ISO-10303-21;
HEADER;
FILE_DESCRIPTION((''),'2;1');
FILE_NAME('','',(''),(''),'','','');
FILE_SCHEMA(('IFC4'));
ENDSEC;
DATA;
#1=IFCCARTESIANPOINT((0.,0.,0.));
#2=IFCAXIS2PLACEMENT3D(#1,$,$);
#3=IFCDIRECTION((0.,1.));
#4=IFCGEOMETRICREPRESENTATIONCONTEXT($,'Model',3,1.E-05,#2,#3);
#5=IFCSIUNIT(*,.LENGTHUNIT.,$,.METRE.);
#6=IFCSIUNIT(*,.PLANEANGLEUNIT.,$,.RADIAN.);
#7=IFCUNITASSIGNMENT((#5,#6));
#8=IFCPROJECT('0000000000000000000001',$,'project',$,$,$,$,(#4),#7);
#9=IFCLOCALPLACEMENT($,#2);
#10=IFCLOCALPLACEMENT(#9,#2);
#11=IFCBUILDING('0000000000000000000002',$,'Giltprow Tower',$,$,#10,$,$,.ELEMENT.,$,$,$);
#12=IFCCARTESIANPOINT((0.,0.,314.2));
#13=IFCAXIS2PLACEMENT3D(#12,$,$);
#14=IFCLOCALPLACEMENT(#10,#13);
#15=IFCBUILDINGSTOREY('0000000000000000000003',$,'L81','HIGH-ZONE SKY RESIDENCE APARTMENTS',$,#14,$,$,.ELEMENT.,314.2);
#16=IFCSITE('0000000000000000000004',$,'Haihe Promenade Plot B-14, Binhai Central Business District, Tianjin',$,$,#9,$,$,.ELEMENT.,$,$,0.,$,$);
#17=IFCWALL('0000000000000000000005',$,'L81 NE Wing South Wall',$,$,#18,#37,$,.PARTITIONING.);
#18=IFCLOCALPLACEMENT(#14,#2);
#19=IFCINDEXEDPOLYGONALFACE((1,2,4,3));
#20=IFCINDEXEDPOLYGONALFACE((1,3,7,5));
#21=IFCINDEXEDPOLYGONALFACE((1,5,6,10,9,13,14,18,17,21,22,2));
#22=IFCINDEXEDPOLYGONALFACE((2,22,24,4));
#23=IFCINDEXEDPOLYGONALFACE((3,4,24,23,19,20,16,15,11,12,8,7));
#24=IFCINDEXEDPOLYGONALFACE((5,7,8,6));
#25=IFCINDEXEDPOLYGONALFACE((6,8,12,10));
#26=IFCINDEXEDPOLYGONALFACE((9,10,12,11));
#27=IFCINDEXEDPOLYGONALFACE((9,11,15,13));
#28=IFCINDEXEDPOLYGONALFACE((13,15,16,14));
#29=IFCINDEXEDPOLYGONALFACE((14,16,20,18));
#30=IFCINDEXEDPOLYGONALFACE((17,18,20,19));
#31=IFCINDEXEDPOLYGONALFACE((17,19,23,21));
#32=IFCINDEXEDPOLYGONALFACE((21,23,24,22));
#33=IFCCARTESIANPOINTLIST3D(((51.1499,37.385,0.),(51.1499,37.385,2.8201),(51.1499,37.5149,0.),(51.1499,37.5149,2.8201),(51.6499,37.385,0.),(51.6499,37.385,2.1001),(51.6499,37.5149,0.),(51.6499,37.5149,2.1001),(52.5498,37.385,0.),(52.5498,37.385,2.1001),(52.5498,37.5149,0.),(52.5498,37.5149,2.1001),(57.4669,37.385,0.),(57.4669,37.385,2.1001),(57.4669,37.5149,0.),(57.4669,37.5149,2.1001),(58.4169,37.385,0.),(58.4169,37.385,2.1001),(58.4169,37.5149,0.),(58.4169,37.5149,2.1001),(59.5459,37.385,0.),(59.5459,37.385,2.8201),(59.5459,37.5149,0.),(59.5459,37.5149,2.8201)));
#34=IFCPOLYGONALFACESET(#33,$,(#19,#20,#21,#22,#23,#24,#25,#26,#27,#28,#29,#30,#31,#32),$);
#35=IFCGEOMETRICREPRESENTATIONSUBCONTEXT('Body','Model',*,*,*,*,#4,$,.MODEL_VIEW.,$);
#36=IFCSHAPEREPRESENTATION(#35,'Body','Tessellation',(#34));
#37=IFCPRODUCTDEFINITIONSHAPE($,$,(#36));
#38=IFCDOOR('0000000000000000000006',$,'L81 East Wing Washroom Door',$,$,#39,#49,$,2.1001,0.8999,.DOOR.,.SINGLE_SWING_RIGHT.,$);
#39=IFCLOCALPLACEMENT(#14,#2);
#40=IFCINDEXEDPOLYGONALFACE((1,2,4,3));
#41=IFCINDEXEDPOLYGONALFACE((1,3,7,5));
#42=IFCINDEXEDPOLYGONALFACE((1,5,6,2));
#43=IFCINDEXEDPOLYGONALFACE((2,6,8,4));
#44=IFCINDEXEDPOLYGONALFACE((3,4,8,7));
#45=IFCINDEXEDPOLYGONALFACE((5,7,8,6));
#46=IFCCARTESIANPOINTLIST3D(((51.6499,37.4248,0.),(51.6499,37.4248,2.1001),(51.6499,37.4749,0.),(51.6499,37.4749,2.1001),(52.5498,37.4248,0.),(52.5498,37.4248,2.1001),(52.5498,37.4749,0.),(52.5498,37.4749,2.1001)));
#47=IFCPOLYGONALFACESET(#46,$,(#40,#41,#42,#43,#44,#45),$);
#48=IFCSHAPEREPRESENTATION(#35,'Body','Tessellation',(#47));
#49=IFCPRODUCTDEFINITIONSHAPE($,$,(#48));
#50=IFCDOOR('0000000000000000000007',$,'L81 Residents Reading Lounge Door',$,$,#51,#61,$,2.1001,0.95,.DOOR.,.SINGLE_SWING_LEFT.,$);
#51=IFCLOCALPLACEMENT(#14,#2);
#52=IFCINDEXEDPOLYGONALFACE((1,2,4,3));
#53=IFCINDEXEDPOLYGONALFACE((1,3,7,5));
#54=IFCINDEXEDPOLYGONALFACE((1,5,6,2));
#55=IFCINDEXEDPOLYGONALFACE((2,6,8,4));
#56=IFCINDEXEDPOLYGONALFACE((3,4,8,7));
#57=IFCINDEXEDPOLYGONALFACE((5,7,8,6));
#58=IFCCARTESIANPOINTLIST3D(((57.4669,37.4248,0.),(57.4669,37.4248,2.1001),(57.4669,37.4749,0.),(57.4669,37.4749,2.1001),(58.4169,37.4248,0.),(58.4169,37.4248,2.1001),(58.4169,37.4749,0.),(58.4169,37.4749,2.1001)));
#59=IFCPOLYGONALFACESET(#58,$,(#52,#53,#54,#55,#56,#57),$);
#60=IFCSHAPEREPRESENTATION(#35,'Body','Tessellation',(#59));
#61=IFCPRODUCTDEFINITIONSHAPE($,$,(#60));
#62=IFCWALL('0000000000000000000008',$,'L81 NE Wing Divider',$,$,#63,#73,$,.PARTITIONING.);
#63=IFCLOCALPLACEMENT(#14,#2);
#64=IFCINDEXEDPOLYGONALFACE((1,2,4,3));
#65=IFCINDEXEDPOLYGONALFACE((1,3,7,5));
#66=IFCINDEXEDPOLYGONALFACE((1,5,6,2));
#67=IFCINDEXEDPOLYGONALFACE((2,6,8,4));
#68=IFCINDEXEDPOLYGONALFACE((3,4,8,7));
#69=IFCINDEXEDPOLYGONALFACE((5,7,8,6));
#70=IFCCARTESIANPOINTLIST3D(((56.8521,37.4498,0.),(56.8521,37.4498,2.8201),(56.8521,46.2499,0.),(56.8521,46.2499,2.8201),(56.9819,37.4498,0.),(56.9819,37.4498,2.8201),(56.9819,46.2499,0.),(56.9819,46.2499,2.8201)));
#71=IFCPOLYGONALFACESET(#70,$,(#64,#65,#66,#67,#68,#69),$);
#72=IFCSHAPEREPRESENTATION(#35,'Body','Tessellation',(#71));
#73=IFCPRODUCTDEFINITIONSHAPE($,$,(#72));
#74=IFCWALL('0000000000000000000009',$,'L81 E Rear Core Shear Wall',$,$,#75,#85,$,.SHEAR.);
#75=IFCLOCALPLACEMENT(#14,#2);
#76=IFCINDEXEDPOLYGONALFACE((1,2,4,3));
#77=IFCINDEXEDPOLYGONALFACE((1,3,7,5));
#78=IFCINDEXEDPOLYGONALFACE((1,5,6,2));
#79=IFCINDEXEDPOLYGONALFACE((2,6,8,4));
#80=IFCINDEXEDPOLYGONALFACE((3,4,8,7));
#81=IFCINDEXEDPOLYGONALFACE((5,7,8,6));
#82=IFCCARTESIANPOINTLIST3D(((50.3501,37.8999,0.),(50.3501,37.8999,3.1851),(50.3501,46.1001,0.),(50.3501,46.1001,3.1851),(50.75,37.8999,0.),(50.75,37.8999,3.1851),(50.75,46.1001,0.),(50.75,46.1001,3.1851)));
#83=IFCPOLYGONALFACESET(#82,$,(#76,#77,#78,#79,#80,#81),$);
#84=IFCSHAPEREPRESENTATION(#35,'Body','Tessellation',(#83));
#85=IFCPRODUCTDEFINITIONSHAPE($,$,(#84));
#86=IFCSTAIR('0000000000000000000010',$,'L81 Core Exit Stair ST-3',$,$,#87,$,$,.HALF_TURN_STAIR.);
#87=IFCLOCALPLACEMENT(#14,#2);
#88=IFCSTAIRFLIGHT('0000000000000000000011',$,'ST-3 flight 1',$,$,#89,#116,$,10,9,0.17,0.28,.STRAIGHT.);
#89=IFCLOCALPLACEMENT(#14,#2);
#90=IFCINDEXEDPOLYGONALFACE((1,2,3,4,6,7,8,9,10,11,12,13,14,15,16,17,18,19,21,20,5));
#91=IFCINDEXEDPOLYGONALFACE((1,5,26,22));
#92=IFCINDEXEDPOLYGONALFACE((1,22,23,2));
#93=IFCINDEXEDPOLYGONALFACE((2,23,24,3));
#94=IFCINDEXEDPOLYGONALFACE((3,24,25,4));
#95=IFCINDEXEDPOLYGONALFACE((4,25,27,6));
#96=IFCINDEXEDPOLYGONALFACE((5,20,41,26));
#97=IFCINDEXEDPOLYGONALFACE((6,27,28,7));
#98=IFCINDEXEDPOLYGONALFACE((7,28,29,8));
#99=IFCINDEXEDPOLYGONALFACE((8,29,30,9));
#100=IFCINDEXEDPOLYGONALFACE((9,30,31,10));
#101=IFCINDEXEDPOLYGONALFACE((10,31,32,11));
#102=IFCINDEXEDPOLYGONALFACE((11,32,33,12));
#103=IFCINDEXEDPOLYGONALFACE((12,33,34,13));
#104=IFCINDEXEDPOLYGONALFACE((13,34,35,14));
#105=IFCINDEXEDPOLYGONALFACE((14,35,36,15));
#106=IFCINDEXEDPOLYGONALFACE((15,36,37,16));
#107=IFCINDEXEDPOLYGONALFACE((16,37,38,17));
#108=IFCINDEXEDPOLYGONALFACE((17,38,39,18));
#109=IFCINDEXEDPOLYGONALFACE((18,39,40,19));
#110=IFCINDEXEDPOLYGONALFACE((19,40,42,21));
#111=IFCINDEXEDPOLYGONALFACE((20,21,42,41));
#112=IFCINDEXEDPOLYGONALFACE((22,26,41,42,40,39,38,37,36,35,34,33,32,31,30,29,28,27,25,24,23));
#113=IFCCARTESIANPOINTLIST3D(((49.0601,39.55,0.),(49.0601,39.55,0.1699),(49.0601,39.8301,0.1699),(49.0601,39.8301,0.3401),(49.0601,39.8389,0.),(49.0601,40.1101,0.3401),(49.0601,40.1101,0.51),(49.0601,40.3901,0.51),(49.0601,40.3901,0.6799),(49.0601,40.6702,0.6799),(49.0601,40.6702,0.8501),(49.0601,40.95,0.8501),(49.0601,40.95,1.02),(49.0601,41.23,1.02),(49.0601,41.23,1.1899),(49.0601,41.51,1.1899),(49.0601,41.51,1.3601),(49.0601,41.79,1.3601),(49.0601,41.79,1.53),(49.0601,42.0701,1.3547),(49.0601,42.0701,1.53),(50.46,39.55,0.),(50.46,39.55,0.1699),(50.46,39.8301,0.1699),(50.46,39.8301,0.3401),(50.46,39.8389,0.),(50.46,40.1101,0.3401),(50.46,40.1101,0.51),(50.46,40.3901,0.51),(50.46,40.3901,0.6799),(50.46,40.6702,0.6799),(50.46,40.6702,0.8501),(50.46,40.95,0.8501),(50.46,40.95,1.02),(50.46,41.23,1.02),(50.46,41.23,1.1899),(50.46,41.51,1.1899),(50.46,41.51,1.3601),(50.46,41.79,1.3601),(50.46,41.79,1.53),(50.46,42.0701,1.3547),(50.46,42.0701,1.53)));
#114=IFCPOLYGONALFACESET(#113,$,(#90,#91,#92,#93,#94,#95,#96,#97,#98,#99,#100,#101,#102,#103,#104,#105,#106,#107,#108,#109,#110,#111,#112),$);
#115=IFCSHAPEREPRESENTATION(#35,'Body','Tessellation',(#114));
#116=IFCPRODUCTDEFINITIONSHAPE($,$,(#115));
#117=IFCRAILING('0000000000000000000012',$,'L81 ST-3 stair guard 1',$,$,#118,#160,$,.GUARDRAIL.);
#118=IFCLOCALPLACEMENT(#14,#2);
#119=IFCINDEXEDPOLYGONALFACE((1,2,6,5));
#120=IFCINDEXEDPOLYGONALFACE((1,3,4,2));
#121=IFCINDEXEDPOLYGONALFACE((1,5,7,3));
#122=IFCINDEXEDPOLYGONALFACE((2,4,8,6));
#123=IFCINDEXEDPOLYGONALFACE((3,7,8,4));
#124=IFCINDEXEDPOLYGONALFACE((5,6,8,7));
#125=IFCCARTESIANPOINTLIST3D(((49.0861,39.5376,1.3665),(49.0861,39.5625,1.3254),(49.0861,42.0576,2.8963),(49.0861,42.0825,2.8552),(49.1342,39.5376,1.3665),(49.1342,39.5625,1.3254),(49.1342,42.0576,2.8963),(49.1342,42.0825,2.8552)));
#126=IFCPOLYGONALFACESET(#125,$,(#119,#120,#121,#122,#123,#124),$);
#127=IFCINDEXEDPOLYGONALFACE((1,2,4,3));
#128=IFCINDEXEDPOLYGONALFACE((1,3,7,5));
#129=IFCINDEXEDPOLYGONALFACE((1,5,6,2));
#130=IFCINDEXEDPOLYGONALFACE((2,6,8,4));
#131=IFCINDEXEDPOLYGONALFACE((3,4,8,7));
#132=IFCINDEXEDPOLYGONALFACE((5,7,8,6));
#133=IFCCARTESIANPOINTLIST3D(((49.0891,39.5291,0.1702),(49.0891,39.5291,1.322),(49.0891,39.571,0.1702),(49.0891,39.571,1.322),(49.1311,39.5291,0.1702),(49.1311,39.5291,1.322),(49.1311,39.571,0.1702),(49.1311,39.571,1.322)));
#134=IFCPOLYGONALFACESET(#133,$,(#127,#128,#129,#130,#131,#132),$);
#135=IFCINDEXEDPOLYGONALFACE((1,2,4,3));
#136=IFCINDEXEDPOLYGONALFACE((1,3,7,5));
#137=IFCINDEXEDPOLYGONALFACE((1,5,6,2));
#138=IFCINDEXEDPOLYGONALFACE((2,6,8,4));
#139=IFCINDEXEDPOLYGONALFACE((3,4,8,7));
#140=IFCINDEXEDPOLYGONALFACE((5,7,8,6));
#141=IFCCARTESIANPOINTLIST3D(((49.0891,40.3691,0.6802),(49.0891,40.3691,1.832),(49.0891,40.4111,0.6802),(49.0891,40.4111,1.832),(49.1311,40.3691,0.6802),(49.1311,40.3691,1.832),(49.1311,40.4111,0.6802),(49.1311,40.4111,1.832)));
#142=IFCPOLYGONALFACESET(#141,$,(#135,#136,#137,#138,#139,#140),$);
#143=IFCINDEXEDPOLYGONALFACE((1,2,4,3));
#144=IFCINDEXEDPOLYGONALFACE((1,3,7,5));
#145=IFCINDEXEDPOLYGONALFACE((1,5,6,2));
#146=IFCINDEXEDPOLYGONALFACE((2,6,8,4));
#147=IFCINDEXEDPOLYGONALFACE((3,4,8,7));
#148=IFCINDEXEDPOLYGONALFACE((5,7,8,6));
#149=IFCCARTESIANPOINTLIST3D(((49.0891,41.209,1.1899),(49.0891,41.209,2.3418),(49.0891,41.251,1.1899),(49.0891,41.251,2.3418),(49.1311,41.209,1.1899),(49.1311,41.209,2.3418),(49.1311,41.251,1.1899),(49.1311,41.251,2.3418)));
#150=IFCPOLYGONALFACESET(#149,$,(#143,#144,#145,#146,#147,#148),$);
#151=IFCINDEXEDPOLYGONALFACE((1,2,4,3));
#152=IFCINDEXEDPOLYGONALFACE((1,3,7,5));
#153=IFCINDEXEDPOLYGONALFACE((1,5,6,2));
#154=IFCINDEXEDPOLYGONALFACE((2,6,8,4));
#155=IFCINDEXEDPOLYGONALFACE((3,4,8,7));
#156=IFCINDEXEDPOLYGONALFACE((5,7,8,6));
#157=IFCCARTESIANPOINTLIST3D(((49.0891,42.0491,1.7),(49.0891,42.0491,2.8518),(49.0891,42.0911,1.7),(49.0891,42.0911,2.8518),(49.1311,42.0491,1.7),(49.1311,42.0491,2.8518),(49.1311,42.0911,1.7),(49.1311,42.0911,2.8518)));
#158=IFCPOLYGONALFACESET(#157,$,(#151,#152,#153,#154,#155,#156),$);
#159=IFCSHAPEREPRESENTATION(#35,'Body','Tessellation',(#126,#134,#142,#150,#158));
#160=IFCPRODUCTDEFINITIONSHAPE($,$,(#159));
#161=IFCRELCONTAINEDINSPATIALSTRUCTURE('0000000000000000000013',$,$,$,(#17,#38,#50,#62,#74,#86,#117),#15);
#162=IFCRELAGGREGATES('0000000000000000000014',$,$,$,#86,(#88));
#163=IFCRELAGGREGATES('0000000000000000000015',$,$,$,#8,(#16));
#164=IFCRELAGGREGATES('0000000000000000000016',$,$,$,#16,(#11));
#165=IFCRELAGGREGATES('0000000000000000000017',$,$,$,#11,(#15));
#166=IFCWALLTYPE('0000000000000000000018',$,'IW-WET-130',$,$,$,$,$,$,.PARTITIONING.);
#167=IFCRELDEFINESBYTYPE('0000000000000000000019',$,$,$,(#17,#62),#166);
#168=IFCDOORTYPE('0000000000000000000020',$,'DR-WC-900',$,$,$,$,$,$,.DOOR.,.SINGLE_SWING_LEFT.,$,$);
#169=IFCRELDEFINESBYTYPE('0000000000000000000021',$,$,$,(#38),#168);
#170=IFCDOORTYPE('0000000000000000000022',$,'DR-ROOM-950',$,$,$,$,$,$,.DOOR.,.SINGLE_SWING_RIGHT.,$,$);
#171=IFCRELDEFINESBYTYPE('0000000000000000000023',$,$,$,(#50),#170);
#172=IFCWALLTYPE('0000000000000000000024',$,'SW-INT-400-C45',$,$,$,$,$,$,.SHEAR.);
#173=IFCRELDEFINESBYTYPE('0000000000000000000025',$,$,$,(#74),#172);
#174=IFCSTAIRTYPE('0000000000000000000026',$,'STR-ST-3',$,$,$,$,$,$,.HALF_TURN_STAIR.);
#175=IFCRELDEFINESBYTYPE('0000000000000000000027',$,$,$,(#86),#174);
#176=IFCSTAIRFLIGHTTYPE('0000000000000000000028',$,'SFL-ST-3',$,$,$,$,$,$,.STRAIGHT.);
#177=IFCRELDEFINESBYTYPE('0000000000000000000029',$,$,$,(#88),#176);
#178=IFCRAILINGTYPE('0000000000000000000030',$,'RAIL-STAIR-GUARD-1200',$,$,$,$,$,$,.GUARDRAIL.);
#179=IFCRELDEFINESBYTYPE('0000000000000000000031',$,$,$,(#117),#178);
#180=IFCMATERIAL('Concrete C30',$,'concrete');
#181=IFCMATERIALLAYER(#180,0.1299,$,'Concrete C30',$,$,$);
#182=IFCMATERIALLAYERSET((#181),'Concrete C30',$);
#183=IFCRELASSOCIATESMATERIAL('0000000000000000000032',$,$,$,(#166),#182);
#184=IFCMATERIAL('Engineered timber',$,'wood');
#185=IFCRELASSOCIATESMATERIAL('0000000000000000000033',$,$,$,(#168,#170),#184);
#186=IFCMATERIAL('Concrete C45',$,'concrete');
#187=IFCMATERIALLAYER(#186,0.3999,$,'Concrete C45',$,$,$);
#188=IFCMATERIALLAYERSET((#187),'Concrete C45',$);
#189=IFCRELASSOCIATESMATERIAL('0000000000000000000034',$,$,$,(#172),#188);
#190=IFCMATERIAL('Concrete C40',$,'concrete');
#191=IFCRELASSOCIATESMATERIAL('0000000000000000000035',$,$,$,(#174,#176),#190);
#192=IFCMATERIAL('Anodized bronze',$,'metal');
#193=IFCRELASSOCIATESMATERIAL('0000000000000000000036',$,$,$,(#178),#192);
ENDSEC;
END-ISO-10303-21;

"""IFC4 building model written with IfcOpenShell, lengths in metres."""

from ifc_helpers import new_model, si_unit, direction, frame, frame_2d, origin, origin_2d, place, context, subcontext, project, spatial, polyline, rectangle, outline, extrude, source, transform, mapped, material, layer, layer_set, type_object, element, fill, aggregate, save


model = new_model("IFC4")

# Units and contexts
model_context = context("Model", 3, precision=1e-05, world=origin(), true_north=direction((0.0, 1.0)))
body_context = subcontext(model_context, "Body", "Model", "MODEL_VIEW")
ifc_project = project(units=[si_unit("LENGTHUNIT", "METRE"), si_unit("PLANEANGLEUNIT", "RADIAN")], contexts=[model_context])

# Site, building, storey
site_placement = place(None, origin())
site = spatial("IfcSite", under=ifc_project, at=site_placement, Name="Haihe Promenade Plot B-14, Binhai Central Business District, Tianjin", CompositionType="ELEMENT", RefElevation=0.0)
building_placement = place(site_placement, origin())
building = spatial("IfcBuilding", under=site, at=building_placement, Name="Giltprow Tower", CompositionType="ELEMENT")
storey_placement = place(building_placement, frame((0.0, 0.0, 314.2)))
storey = spatial("IfcBuildingStorey", under=building, at=storey_placement, Name="L81", Description="HIGH-ZONE SKY RESIDENCE APARTMENTS", CompositionType="ELEMENT", Elevation=314.2)

# Shared definitions
ifc_material_1 = material(Name="Concrete C45", Category="concrete")

# Wall, openings, doors
ifc_material_2 = material(Name="Concrete C30", Category="concrete")
ifc_layer_1 = layer(ifc_material_2, 0.1299, Name="Concrete C30")
ifc_layer_set_1 = layer_set([ifc_layer_1], Name="Concrete C30")
wall_type_1 = type_object("IfcWallType", Name="IW-WET-130", PredefinedType="PARTITIONING", material=ifc_layer_set_1)
wall_1_placement = place(storey_placement, frame((51.1499, 37.45, 0.0), z_axis=(0.0, 0.0, 1.0), x_axis=(1.0, 0.0, 0.0)))
wall_1 = element("IfcWall", 1, at=wall_1_placement, inside=storey, type_object=wall_type_1, Name="L81 NE Wing South Wall", PredefinedType="PARTITIONING", context=body_context, shape_type="SweptSolid", body=[
    extrude(rectangle(XDim=8.396, YDim=0.1299, at=frame_2d((4.198, 0.0))), origin(), (0.0, 0.0, 1.0), 2.8201),
])
opening_1_placement = place(wall_1_placement, frame((0.5, 0.0, 0.0)))
opening_1 = element("IfcOpeningElement", 2, at=opening_1_placement, cuts=wall_1, PredefinedType="OPENING", context=body_context, shape_type="SweptSolid", body=[
    extrude(rectangle(XDim=0.8999, YDim=2.1001, at=frame_2d((0.45, 1.05))), frame((0.0, 0.075, 0.0), z_axis=(0.0, -1.0, 0.0), x_axis=(1.0, 0.0, 0.0)), (0.0, 0.0, 1.0), 0.1499),
])
opening_2_placement = place(wall_1_placement, frame((6.3169, 0.0, 0.0)))
opening_2 = element("IfcOpeningElement", 3, at=opening_2_placement, cuts=wall_1, PredefinedType="OPENING", context=body_context, shape_type="SweptSolid", body=[
    extrude(rectangle(XDim=0.95, YDim=2.1001, at=frame_2d((0.4751, 1.05))), frame((0.0, 0.075, 0.0), z_axis=(0.0, -1.0, 0.0), x_axis=(1.0, 0.0, 0.0)), (0.0, 0.0, 1.0), 0.1499),
])
ifc_material_3 = material(Name="Engineered timber", Category="wood")
door_type_1 = type_object("IfcDoorType", Name="DR-WC-900", OperationType="SINGLE_SWING_LEFT", PredefinedType="DOOR", material=ifc_material_3)
shared_shape_1 = source(origin(), body_context, "Body", "SweptSolid", [
    extrude(rectangle(XDim=0.8999, YDim=2.1001, at=frame_2d((0.45, 1.05))), frame((0.0, 0.0249, 0.0), z_axis=(0.0, -1.0, 0.0), x_axis=(1.0, 0.0, 0.0)), (0.0, 0.0, 1.0), 0.05),
])
door_1_placement = place(opening_1_placement, origin())
door_1 = element("IfcDoor", 4, at=door_1_placement, inside=storey, type_object=door_type_1, Name="L81 East Wing Washroom Door", OperationType="SINGLE_SWING_RIGHT", OverallHeight=2.1001, OverallWidth=0.8999, PredefinedType="DOOR", context=body_context, shape_type="MappedRepresentation", body=[
    mapped(shared_shape_1, transform((0.0, 0.0, 0.0), x_axis=(1.0, 0.0, 0.0), y_axis=(0.0, 1.0, 0.0), z_axis=(0.0, 0.0, 1.0), scale=1.0)),
])
fill(opening_1, door_1)
door_type_2 = type_object("IfcDoorType", Name="DR-ROOM-950", OperationType="SINGLE_SWING_RIGHT", PredefinedType="DOOR", material=ifc_material_3)
shared_shape_2 = source(origin(), body_context, "Body", "SweptSolid", [
    extrude(rectangle(XDim=0.95, YDim=2.1001, at=frame_2d((0.4751, 1.05))), frame((0.0, 0.0249, 0.0), z_axis=(0.0, -1.0, 0.0), x_axis=(1.0, 0.0, 0.0)), (0.0, 0.0, 1.0), 0.05),
])
door_2_placement = place(opening_2_placement, origin())
door_2 = element("IfcDoor", 5, at=door_2_placement, inside=storey, type_object=door_type_2, Name="L81 Residents Reading Lounge Door", OperationType="SINGLE_SWING_LEFT", OverallHeight=2.1001, OverallWidth=0.95, PredefinedType="DOOR", context=body_context, shape_type="MappedRepresentation", body=[
    mapped(shared_shape_2, transform((0.0, 0.0, 0.0), x_axis=(1.0, 0.0, 0.0), y_axis=(0.0, 1.0, 0.0), z_axis=(0.0, 0.0, 1.0), scale=1.0)),
])
fill(opening_2, door_2)

# Walls
wall_2_placement = place(storey_placement, frame((56.917, 37.45, 0.0), z_axis=(0.0, 0.0, 1.0), x_axis=(0.0, 1.0, 0.0)))
element("IfcWall", 6, at=wall_2_placement, inside=storey, type_object=wall_type_1, Name="L81 NE Wing Divider", PredefinedType="PARTITIONING", context=body_context, shape_type="SweptSolid", body=[
    extrude(rectangle(XDim=8.8, YDim=0.1299, at=frame_2d((4.3999, 0.0))), origin(), (0.0, 0.0, 1.0), 2.8201),
])
ifc_layer_2 = layer(ifc_material_1, 0.3999, Name="Concrete C45")
ifc_layer_set_2 = layer_set([ifc_layer_2], Name="Concrete C45")
wall_type_2 = type_object("IfcWallType", Name="SW-INT-400-C45", PredefinedType="SHEAR", material=ifc_layer_set_2)
wall_3_placement = place(storey_placement, frame((50.55, 37.8999, 0.0), z_axis=(0.0, 0.0, 1.0), x_axis=(0.0, 1.0, 0.0)))
element("IfcWall", 7, at=wall_3_placement, inside=storey, type_object=wall_type_2, Name="L81 E Rear Core Shear Wall", PredefinedType="SHEAR", context=body_context, shape_type="SweptSolid", body=[
    extrude(rectangle(XDim=8.2002, YDim=0.3999, at=frame_2d((4.1001, 0.0))), origin(), (0.0, 0.0, 1.0), 3.1851),
])

# Stair, stair flight
ifc_material_4 = material(Name="Concrete C40", Category="concrete")
stair_type = type_object("IfcStairType", Name="STR-ST-3", PredefinedType="HALF_TURN_STAIR", material=ifc_material_4)
stair_placement = place(storey_placement, origin())
stair = element("IfcStair", 8, at=stair_placement, inside=storey, type_object=stair_type, Name="L81 Core Exit Stair ST-3", PredefinedType="HALF_TURN_STAIR")
stair_flight_type = type_object("IfcStairFlightType", Name="SFL-ST-3", PredefinedType="STRAIGHT", material=ifc_material_4)
stair_flight_placement = place(storey_placement, frame((49.76, 39.55, 0.0), z_axis=(0.0, 0.0, 1.0), x_axis=(0.0, 1.0, 0.0)))
stair_flight = element("IfcStairFlight", 9, at=stair_flight_placement, type_object=stair_flight_type, Name="ST-3 flight 1", NumberOfRisers=10, NumberOfTreads=9, PredefinedType="STRAIGHT", RiserHeight=0.17, TreadLength=0.28, context=body_context, shape_type="SweptSolid", body=[
    extrude(outline(polyline([(0.0, 0.0), (0.0, 0.1699), (0.28, 0.1699), (0.28, 0.3401), (0.5601, 0.3401), (0.5601, 0.51), (0.8401, 0.51), (0.8401, 0.6799), (1.1201, 0.6799), (1.1201, 0.8501), (1.3999, 0.8501), (1.3999, 1.02), (1.6799, 1.02), (1.6799, 1.1899), (1.96, 1.1899), (1.96, 1.3601), (2.24, 1.3601), (2.24, 1.53), (2.52, 1.53), (2.52, 1.7), (2.52, 1.3547), (0.2888, 0.0), (0.0, 0.0)])), frame((0.0, 0.7, 0.0), z_axis=(0.0, -1.0, 0.0), x_axis=(1.0, 0.0, 0.0)), (0.0, 0.0, 1.0), 1.3999),
])
aggregate(stair, [stair_flight])

# Railing
ifc_material_5 = material(Name="Anodized bronze", Category="metal")
railing_type_1 = type_object("IfcRailingType", Name="RAIL-STAIR-GUARD-1200", PredefinedType="GUARDRAIL", material=ifc_material_5)
railing_1_placement = place(storey_placement, frame((49.1101, 39.55, 0.1702)))
element("IfcRailing", 10, at=railing_1_placement, inside=storey, type_object=railing_type_1, Name="L81 ST-3 stair guard 1", PredefinedType="GUARDRAIL", context=body_context, shape_type="SweptSolid", body=[
    extrude(rectangle(XDim=0.0481, YDim=0.0481, at=origin_2d()), frame((0.0, 0.0, 1.1758), z_axis=(0.0, 0.854822, 0.518922), x_axis=(-1.0, 0.0, 0.0)), (0.0, 0.0, 1.0), 2.948),
    extrude(rectangle(XDim=0.042, YDim=0.042, at=origin_2d()), origin(), (0.0, 0.0, 1.0), 1.1519),
    extrude(rectangle(XDim=0.042, YDim=0.042, at=origin_2d()), frame((0.0, 0.8401, 0.51)), (0.0, 0.0, 1.0), 1.1519),
    extrude(rectangle(XDim=0.042, YDim=0.042, at=origin_2d()), frame((0.0, 1.6799, 1.0198)), (0.0, 0.0, 1.0), 1.1519),
    extrude(rectangle(XDim=0.042, YDim=0.042, at=origin_2d()), frame((0.0, 2.52, 1.5298)), (0.0, 0.0, 1.0), 1.1519),
])

save(model, "model.ifc")
